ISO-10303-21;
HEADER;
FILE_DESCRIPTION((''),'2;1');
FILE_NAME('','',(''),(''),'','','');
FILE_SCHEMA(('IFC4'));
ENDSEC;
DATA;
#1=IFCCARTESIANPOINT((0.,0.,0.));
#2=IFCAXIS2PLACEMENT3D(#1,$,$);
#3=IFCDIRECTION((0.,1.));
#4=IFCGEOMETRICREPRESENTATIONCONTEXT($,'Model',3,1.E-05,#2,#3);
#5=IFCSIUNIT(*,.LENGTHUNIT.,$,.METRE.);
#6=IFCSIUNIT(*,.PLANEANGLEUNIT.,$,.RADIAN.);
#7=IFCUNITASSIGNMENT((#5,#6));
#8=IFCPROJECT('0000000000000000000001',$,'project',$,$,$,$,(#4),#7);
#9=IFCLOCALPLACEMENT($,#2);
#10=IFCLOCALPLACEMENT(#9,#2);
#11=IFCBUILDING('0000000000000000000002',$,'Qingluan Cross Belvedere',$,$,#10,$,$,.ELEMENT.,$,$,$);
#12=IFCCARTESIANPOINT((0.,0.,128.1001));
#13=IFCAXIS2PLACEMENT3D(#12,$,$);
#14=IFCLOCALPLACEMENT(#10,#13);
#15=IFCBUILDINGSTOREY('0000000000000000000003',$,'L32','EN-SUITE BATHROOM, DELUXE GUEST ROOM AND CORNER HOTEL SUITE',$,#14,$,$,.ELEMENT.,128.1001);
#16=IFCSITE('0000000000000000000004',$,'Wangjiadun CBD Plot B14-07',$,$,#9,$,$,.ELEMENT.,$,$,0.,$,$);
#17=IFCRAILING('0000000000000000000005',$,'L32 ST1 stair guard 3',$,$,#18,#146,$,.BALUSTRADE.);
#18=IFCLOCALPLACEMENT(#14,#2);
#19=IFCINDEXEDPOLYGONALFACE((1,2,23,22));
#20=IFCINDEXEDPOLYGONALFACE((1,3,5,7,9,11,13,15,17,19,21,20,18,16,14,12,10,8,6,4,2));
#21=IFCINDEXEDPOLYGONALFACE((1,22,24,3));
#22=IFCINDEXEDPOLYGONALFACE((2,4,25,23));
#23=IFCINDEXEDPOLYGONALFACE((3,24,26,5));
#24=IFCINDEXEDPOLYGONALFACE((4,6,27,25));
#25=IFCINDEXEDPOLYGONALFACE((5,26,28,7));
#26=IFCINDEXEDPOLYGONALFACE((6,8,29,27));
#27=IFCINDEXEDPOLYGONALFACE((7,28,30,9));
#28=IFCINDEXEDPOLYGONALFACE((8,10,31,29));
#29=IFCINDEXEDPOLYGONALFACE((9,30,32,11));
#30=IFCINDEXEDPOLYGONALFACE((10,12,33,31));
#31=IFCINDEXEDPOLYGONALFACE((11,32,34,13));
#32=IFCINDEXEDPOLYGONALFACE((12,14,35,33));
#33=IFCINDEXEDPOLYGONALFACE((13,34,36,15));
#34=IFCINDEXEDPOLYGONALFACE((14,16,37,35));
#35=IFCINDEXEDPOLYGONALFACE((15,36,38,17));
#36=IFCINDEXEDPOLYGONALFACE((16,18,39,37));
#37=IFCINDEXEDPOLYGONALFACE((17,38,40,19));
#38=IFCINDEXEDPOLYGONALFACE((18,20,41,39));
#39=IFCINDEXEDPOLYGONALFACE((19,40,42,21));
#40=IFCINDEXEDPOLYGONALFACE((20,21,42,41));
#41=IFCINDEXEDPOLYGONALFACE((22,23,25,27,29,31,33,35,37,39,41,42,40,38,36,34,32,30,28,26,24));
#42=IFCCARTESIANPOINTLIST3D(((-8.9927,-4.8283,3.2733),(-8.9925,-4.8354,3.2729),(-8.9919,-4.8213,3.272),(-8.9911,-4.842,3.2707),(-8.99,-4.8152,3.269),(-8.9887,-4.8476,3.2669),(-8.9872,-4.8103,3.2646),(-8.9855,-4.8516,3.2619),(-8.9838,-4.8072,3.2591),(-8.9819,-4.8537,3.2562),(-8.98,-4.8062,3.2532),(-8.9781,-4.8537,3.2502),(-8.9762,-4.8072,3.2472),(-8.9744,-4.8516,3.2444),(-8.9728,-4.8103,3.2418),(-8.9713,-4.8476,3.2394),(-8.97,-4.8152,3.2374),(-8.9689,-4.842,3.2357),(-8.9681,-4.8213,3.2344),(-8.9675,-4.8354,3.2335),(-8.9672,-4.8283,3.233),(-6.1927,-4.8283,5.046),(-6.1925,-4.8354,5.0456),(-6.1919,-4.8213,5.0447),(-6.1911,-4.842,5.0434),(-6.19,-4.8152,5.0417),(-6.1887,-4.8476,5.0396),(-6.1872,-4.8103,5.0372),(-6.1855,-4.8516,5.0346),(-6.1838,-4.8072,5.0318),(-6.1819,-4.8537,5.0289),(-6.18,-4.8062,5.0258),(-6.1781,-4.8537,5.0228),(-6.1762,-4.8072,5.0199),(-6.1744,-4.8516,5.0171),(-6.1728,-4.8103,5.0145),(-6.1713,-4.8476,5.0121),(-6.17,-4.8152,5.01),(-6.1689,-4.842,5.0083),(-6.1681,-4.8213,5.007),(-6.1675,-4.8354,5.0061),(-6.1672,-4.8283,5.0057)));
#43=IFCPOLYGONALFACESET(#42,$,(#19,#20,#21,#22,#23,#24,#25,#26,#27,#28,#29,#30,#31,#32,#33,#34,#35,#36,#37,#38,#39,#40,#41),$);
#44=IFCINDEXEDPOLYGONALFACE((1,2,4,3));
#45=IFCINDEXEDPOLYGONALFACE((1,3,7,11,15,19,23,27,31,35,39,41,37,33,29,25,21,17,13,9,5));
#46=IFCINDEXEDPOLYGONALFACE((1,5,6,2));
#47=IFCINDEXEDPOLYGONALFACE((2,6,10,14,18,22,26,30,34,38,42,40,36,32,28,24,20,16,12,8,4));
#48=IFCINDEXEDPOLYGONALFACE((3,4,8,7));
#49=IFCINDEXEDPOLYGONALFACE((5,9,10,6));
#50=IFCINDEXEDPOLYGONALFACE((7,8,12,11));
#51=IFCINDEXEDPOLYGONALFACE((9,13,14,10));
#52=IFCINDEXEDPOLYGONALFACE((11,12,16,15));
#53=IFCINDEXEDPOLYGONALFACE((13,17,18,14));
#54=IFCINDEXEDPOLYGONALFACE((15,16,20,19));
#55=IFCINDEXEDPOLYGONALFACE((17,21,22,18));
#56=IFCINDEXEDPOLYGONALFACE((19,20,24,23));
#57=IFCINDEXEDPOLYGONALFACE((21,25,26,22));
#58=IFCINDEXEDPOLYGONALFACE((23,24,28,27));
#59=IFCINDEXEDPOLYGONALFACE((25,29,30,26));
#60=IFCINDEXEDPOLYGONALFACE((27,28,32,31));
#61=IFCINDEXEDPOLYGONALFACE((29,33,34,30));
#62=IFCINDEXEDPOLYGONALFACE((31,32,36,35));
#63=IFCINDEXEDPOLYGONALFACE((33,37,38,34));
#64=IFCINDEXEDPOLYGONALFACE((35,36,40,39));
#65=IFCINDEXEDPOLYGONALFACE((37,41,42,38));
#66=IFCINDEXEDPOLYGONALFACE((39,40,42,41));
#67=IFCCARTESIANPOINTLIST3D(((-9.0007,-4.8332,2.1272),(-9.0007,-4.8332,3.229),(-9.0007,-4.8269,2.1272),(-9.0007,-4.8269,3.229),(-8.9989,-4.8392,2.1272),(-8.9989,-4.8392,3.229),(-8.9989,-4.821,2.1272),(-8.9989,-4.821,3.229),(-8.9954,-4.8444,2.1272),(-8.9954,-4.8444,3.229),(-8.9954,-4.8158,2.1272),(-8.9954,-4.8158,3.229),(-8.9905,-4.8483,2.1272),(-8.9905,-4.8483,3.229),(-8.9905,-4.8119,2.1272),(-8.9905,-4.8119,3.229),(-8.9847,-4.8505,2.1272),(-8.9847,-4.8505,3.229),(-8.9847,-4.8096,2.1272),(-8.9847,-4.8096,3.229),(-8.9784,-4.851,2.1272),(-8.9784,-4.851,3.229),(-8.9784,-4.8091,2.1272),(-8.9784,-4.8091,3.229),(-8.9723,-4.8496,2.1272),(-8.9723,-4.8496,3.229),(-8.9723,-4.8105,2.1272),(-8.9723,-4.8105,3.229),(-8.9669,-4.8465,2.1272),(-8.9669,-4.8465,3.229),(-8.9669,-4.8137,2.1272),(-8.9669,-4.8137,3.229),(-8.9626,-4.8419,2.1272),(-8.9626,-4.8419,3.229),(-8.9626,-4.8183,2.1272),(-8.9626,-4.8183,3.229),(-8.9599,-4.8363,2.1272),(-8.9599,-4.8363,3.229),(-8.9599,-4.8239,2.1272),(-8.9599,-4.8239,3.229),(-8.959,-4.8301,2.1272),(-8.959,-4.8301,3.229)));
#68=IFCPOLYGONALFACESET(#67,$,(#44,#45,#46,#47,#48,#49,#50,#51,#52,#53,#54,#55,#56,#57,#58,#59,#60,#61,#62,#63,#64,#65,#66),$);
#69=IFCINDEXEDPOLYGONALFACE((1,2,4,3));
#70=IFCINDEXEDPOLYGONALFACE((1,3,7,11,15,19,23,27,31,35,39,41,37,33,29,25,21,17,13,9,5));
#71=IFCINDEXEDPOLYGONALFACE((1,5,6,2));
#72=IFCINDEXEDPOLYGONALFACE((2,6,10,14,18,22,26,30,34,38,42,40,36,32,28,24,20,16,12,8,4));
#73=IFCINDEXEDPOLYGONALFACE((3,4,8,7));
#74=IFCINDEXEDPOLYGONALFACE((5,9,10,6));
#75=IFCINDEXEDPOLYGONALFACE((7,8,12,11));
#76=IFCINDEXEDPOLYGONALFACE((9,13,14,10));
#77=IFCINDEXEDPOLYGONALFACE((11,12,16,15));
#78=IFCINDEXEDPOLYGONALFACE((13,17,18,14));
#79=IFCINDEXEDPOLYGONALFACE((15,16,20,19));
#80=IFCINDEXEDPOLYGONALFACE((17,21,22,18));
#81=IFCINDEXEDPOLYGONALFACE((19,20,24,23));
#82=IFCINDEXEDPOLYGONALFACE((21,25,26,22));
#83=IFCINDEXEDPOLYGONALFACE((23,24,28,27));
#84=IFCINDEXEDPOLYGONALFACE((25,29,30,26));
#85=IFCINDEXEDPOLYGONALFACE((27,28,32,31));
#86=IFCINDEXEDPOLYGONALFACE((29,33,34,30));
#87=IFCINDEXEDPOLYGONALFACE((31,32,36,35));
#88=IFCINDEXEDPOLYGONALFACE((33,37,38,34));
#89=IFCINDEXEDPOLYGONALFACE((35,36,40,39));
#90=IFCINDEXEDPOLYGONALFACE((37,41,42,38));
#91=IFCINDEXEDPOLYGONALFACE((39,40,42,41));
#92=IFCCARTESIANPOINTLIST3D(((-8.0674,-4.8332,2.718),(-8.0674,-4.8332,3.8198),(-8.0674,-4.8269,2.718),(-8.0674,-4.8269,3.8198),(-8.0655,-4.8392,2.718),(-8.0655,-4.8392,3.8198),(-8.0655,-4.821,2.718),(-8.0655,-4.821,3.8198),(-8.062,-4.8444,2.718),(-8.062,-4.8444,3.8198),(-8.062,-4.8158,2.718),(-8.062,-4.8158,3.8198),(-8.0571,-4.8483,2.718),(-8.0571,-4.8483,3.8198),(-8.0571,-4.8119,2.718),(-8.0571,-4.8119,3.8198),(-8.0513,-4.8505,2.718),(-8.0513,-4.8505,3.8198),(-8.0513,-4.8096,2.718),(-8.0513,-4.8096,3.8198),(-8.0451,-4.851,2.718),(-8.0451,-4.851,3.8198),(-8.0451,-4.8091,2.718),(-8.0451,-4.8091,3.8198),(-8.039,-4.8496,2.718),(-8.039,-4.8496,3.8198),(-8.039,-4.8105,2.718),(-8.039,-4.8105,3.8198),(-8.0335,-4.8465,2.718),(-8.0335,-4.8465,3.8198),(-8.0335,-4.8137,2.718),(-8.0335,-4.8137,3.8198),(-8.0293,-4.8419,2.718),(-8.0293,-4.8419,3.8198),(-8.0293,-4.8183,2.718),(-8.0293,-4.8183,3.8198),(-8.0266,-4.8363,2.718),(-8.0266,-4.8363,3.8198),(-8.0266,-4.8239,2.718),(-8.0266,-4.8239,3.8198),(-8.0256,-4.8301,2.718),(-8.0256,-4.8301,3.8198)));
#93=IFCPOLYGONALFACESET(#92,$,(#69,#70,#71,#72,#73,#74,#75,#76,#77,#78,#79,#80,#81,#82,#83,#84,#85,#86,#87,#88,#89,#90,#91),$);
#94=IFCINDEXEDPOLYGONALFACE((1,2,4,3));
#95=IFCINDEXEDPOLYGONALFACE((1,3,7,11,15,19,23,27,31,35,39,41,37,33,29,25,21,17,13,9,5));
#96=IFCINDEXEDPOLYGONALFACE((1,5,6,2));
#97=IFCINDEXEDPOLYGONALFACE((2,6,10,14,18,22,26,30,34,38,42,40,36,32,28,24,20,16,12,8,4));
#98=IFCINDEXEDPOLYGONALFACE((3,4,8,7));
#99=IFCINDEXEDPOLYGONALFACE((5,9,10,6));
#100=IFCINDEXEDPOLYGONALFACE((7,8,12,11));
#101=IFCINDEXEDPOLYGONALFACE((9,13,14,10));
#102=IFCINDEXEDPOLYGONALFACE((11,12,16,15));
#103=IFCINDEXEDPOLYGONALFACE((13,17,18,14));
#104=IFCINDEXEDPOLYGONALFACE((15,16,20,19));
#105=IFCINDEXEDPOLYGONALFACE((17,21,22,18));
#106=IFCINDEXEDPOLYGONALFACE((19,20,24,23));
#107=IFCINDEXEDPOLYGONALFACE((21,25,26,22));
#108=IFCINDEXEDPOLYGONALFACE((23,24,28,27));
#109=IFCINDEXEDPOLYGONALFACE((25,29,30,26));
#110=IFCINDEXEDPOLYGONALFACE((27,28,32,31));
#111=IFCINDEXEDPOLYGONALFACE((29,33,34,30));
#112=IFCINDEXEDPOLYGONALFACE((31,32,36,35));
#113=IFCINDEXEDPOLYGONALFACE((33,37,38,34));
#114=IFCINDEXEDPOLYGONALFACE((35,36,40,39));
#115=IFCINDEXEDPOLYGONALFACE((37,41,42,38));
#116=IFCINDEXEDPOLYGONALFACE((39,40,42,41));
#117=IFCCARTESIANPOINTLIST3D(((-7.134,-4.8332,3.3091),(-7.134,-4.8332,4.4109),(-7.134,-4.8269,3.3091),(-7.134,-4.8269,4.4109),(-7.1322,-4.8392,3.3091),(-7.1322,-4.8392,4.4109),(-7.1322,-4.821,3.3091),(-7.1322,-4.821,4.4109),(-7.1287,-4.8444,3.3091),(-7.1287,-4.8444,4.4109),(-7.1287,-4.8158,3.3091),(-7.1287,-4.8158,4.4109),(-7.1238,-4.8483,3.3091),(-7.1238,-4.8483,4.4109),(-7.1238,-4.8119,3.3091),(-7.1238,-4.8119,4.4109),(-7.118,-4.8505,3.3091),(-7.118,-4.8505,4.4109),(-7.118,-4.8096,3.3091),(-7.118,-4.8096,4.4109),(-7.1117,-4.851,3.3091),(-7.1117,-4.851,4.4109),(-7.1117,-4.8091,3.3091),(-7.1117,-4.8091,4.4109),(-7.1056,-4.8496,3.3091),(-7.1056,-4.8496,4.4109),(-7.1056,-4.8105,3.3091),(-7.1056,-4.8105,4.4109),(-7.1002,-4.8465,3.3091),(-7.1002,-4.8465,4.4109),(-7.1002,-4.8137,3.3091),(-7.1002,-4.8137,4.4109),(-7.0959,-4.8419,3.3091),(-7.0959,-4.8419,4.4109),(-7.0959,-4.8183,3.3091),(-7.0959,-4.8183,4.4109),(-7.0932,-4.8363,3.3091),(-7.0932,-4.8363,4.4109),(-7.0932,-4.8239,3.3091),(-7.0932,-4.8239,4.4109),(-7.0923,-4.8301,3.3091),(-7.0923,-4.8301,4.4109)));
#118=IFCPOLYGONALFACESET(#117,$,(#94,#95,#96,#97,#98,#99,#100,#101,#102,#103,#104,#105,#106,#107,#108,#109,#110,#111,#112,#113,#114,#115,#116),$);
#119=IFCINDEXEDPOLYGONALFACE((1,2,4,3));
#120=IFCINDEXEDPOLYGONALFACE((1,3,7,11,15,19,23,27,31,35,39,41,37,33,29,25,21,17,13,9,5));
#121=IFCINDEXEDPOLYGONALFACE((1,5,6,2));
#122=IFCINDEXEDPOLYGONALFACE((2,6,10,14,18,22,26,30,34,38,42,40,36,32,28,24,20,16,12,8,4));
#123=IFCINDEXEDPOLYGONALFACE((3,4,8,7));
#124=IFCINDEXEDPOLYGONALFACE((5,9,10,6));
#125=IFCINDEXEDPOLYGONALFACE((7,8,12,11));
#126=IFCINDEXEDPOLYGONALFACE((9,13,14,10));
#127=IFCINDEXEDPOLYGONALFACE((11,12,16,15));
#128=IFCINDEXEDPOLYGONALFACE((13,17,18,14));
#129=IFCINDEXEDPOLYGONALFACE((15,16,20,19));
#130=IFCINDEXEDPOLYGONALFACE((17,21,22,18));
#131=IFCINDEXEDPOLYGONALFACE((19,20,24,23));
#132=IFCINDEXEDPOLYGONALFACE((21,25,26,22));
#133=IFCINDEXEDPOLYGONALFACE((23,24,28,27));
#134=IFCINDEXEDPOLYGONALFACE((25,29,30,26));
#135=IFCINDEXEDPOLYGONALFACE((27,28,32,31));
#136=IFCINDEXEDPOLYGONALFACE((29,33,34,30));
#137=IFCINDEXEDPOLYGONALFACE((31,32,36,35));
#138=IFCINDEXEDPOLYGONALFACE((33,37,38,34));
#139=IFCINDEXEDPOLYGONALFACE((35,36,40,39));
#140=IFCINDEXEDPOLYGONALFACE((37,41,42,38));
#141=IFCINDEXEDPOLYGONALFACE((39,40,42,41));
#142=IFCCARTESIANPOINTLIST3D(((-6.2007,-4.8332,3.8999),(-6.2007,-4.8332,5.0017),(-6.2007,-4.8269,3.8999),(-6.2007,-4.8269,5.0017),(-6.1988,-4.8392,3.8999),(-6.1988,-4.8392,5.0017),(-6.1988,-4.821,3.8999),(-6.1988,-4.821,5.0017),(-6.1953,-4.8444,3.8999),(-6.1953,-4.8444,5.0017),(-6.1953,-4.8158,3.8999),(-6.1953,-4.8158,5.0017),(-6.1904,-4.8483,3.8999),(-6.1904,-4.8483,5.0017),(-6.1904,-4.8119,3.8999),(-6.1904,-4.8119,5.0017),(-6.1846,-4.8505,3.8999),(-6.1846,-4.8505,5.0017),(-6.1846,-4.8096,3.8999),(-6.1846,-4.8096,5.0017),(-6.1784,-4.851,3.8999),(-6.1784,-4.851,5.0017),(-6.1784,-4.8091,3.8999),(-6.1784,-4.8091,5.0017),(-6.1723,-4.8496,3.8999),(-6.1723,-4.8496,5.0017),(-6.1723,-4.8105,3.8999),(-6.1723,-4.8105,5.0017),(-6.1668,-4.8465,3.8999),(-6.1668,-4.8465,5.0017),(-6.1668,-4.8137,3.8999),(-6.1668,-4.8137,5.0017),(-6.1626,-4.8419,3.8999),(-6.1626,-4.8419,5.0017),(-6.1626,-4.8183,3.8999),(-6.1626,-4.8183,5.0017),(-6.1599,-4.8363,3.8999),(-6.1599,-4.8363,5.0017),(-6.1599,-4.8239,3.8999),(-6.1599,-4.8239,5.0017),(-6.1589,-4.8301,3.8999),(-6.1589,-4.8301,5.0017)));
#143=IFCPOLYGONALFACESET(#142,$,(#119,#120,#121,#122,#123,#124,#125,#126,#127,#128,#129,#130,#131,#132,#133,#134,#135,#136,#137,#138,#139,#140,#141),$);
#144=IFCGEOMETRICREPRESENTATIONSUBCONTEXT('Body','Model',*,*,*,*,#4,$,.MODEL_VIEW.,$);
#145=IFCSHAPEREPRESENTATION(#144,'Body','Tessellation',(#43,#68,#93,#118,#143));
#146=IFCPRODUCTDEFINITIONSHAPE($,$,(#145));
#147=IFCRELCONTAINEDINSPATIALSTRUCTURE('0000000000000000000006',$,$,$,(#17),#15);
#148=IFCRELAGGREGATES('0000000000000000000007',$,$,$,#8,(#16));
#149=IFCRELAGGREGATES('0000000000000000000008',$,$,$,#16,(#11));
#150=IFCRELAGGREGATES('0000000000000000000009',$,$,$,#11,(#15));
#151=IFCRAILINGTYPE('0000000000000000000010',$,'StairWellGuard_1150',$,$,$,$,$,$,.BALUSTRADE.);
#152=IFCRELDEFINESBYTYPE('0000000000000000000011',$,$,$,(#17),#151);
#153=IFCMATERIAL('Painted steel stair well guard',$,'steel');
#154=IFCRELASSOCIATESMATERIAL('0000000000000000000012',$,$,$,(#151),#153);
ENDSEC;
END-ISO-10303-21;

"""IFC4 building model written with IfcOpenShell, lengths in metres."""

from ifc_helpers import new_model, si_unit, direction, frame, origin, origin_2d, place, context, subcontext, project, spatial, circle, extrude, material, type_object, element, save


model = new_model("IFC4")

# Units and contexts
model_context = context("Model", 3, precision=1e-05, world=origin(), true_north=direction((0.0, 1.0)))
body_context = subcontext(model_context, "Body", "Model", "MODEL_VIEW")
ifc_project = project(units=[si_unit("LENGTHUNIT", "METRE"), si_unit("PLANEANGLEUNIT", "RADIAN")], contexts=[model_context])

# Site, building, storey
site_placement = place(None, origin())
site = spatial("IfcSite", under=ifc_project, at=site_placement, Name="Wangjiadun CBD Plot B14-07", CompositionType="ELEMENT", RefElevation=0.0)
building_placement = place(site_placement, origin())
building = spatial("IfcBuilding", under=site, at=building_placement, Name="Qingluan Cross Belvedere", CompositionType="ELEMENT")
storey_placement = place(building_placement, frame((0.0, 0.0, 128.1001)))
storey = spatial("IfcBuildingStorey", under=building, at=storey_placement, Name="L32", Description="EN-SUITE BATHROOM, DELUXE GUEST ROOM AND CORNER HOTEL SUITE", CompositionType="ELEMENT", Elevation=128.1001)

# Railing
ifc_material_1 = material(Name="Painted steel stair well guard", Category="steel")
railing_type_1 = type_object("IfcRailingType", Name="StairWellGuard_1150", PredefinedType="BALUSTRADE", material=ifc_material_1)
railing_1_placement = place(storey_placement, frame((-8.98, -4.8301, 2.1272)))
element("IfcRailing", 1, at=railing_1_placement, inside=storey, type_object=railing_type_1, Name="L32 ST1 stair guard 3", PredefinedType="BALUSTRADE", context=body_context, shape_type="SweptSolid", body=[
    extrude(circle(Radius=0.0239, at=origin_2d()), frame((0.0, 0.0, 1.126), z_axis=(0.844909, 0.0, 0.53491), x_axis=(0.0, 1.0, 0.0)), (0.0, 0.0, 1.0), 3.314),
    extrude(circle(Radius=0.021, at=origin_2d()), origin(), (0.0, 0.0, 1.0), 1.1018),
    extrude(circle(Radius=0.021, at=origin_2d()), frame((0.9333, 0.0, 0.5908)), (0.0, 0.0, 1.0), 1.1018),
    extrude(circle(Radius=0.021, at=origin_2d()), frame((1.8667, 0.0, 1.1819)), (0.0, 0.0, 1.0), 1.1018),
    extrude(circle(Radius=0.021, at=origin_2d()), frame((2.8, 0.0, 1.7727)), (0.0, 0.0, 1.0), 1.1018),
])

save(model, "model.ifc")
